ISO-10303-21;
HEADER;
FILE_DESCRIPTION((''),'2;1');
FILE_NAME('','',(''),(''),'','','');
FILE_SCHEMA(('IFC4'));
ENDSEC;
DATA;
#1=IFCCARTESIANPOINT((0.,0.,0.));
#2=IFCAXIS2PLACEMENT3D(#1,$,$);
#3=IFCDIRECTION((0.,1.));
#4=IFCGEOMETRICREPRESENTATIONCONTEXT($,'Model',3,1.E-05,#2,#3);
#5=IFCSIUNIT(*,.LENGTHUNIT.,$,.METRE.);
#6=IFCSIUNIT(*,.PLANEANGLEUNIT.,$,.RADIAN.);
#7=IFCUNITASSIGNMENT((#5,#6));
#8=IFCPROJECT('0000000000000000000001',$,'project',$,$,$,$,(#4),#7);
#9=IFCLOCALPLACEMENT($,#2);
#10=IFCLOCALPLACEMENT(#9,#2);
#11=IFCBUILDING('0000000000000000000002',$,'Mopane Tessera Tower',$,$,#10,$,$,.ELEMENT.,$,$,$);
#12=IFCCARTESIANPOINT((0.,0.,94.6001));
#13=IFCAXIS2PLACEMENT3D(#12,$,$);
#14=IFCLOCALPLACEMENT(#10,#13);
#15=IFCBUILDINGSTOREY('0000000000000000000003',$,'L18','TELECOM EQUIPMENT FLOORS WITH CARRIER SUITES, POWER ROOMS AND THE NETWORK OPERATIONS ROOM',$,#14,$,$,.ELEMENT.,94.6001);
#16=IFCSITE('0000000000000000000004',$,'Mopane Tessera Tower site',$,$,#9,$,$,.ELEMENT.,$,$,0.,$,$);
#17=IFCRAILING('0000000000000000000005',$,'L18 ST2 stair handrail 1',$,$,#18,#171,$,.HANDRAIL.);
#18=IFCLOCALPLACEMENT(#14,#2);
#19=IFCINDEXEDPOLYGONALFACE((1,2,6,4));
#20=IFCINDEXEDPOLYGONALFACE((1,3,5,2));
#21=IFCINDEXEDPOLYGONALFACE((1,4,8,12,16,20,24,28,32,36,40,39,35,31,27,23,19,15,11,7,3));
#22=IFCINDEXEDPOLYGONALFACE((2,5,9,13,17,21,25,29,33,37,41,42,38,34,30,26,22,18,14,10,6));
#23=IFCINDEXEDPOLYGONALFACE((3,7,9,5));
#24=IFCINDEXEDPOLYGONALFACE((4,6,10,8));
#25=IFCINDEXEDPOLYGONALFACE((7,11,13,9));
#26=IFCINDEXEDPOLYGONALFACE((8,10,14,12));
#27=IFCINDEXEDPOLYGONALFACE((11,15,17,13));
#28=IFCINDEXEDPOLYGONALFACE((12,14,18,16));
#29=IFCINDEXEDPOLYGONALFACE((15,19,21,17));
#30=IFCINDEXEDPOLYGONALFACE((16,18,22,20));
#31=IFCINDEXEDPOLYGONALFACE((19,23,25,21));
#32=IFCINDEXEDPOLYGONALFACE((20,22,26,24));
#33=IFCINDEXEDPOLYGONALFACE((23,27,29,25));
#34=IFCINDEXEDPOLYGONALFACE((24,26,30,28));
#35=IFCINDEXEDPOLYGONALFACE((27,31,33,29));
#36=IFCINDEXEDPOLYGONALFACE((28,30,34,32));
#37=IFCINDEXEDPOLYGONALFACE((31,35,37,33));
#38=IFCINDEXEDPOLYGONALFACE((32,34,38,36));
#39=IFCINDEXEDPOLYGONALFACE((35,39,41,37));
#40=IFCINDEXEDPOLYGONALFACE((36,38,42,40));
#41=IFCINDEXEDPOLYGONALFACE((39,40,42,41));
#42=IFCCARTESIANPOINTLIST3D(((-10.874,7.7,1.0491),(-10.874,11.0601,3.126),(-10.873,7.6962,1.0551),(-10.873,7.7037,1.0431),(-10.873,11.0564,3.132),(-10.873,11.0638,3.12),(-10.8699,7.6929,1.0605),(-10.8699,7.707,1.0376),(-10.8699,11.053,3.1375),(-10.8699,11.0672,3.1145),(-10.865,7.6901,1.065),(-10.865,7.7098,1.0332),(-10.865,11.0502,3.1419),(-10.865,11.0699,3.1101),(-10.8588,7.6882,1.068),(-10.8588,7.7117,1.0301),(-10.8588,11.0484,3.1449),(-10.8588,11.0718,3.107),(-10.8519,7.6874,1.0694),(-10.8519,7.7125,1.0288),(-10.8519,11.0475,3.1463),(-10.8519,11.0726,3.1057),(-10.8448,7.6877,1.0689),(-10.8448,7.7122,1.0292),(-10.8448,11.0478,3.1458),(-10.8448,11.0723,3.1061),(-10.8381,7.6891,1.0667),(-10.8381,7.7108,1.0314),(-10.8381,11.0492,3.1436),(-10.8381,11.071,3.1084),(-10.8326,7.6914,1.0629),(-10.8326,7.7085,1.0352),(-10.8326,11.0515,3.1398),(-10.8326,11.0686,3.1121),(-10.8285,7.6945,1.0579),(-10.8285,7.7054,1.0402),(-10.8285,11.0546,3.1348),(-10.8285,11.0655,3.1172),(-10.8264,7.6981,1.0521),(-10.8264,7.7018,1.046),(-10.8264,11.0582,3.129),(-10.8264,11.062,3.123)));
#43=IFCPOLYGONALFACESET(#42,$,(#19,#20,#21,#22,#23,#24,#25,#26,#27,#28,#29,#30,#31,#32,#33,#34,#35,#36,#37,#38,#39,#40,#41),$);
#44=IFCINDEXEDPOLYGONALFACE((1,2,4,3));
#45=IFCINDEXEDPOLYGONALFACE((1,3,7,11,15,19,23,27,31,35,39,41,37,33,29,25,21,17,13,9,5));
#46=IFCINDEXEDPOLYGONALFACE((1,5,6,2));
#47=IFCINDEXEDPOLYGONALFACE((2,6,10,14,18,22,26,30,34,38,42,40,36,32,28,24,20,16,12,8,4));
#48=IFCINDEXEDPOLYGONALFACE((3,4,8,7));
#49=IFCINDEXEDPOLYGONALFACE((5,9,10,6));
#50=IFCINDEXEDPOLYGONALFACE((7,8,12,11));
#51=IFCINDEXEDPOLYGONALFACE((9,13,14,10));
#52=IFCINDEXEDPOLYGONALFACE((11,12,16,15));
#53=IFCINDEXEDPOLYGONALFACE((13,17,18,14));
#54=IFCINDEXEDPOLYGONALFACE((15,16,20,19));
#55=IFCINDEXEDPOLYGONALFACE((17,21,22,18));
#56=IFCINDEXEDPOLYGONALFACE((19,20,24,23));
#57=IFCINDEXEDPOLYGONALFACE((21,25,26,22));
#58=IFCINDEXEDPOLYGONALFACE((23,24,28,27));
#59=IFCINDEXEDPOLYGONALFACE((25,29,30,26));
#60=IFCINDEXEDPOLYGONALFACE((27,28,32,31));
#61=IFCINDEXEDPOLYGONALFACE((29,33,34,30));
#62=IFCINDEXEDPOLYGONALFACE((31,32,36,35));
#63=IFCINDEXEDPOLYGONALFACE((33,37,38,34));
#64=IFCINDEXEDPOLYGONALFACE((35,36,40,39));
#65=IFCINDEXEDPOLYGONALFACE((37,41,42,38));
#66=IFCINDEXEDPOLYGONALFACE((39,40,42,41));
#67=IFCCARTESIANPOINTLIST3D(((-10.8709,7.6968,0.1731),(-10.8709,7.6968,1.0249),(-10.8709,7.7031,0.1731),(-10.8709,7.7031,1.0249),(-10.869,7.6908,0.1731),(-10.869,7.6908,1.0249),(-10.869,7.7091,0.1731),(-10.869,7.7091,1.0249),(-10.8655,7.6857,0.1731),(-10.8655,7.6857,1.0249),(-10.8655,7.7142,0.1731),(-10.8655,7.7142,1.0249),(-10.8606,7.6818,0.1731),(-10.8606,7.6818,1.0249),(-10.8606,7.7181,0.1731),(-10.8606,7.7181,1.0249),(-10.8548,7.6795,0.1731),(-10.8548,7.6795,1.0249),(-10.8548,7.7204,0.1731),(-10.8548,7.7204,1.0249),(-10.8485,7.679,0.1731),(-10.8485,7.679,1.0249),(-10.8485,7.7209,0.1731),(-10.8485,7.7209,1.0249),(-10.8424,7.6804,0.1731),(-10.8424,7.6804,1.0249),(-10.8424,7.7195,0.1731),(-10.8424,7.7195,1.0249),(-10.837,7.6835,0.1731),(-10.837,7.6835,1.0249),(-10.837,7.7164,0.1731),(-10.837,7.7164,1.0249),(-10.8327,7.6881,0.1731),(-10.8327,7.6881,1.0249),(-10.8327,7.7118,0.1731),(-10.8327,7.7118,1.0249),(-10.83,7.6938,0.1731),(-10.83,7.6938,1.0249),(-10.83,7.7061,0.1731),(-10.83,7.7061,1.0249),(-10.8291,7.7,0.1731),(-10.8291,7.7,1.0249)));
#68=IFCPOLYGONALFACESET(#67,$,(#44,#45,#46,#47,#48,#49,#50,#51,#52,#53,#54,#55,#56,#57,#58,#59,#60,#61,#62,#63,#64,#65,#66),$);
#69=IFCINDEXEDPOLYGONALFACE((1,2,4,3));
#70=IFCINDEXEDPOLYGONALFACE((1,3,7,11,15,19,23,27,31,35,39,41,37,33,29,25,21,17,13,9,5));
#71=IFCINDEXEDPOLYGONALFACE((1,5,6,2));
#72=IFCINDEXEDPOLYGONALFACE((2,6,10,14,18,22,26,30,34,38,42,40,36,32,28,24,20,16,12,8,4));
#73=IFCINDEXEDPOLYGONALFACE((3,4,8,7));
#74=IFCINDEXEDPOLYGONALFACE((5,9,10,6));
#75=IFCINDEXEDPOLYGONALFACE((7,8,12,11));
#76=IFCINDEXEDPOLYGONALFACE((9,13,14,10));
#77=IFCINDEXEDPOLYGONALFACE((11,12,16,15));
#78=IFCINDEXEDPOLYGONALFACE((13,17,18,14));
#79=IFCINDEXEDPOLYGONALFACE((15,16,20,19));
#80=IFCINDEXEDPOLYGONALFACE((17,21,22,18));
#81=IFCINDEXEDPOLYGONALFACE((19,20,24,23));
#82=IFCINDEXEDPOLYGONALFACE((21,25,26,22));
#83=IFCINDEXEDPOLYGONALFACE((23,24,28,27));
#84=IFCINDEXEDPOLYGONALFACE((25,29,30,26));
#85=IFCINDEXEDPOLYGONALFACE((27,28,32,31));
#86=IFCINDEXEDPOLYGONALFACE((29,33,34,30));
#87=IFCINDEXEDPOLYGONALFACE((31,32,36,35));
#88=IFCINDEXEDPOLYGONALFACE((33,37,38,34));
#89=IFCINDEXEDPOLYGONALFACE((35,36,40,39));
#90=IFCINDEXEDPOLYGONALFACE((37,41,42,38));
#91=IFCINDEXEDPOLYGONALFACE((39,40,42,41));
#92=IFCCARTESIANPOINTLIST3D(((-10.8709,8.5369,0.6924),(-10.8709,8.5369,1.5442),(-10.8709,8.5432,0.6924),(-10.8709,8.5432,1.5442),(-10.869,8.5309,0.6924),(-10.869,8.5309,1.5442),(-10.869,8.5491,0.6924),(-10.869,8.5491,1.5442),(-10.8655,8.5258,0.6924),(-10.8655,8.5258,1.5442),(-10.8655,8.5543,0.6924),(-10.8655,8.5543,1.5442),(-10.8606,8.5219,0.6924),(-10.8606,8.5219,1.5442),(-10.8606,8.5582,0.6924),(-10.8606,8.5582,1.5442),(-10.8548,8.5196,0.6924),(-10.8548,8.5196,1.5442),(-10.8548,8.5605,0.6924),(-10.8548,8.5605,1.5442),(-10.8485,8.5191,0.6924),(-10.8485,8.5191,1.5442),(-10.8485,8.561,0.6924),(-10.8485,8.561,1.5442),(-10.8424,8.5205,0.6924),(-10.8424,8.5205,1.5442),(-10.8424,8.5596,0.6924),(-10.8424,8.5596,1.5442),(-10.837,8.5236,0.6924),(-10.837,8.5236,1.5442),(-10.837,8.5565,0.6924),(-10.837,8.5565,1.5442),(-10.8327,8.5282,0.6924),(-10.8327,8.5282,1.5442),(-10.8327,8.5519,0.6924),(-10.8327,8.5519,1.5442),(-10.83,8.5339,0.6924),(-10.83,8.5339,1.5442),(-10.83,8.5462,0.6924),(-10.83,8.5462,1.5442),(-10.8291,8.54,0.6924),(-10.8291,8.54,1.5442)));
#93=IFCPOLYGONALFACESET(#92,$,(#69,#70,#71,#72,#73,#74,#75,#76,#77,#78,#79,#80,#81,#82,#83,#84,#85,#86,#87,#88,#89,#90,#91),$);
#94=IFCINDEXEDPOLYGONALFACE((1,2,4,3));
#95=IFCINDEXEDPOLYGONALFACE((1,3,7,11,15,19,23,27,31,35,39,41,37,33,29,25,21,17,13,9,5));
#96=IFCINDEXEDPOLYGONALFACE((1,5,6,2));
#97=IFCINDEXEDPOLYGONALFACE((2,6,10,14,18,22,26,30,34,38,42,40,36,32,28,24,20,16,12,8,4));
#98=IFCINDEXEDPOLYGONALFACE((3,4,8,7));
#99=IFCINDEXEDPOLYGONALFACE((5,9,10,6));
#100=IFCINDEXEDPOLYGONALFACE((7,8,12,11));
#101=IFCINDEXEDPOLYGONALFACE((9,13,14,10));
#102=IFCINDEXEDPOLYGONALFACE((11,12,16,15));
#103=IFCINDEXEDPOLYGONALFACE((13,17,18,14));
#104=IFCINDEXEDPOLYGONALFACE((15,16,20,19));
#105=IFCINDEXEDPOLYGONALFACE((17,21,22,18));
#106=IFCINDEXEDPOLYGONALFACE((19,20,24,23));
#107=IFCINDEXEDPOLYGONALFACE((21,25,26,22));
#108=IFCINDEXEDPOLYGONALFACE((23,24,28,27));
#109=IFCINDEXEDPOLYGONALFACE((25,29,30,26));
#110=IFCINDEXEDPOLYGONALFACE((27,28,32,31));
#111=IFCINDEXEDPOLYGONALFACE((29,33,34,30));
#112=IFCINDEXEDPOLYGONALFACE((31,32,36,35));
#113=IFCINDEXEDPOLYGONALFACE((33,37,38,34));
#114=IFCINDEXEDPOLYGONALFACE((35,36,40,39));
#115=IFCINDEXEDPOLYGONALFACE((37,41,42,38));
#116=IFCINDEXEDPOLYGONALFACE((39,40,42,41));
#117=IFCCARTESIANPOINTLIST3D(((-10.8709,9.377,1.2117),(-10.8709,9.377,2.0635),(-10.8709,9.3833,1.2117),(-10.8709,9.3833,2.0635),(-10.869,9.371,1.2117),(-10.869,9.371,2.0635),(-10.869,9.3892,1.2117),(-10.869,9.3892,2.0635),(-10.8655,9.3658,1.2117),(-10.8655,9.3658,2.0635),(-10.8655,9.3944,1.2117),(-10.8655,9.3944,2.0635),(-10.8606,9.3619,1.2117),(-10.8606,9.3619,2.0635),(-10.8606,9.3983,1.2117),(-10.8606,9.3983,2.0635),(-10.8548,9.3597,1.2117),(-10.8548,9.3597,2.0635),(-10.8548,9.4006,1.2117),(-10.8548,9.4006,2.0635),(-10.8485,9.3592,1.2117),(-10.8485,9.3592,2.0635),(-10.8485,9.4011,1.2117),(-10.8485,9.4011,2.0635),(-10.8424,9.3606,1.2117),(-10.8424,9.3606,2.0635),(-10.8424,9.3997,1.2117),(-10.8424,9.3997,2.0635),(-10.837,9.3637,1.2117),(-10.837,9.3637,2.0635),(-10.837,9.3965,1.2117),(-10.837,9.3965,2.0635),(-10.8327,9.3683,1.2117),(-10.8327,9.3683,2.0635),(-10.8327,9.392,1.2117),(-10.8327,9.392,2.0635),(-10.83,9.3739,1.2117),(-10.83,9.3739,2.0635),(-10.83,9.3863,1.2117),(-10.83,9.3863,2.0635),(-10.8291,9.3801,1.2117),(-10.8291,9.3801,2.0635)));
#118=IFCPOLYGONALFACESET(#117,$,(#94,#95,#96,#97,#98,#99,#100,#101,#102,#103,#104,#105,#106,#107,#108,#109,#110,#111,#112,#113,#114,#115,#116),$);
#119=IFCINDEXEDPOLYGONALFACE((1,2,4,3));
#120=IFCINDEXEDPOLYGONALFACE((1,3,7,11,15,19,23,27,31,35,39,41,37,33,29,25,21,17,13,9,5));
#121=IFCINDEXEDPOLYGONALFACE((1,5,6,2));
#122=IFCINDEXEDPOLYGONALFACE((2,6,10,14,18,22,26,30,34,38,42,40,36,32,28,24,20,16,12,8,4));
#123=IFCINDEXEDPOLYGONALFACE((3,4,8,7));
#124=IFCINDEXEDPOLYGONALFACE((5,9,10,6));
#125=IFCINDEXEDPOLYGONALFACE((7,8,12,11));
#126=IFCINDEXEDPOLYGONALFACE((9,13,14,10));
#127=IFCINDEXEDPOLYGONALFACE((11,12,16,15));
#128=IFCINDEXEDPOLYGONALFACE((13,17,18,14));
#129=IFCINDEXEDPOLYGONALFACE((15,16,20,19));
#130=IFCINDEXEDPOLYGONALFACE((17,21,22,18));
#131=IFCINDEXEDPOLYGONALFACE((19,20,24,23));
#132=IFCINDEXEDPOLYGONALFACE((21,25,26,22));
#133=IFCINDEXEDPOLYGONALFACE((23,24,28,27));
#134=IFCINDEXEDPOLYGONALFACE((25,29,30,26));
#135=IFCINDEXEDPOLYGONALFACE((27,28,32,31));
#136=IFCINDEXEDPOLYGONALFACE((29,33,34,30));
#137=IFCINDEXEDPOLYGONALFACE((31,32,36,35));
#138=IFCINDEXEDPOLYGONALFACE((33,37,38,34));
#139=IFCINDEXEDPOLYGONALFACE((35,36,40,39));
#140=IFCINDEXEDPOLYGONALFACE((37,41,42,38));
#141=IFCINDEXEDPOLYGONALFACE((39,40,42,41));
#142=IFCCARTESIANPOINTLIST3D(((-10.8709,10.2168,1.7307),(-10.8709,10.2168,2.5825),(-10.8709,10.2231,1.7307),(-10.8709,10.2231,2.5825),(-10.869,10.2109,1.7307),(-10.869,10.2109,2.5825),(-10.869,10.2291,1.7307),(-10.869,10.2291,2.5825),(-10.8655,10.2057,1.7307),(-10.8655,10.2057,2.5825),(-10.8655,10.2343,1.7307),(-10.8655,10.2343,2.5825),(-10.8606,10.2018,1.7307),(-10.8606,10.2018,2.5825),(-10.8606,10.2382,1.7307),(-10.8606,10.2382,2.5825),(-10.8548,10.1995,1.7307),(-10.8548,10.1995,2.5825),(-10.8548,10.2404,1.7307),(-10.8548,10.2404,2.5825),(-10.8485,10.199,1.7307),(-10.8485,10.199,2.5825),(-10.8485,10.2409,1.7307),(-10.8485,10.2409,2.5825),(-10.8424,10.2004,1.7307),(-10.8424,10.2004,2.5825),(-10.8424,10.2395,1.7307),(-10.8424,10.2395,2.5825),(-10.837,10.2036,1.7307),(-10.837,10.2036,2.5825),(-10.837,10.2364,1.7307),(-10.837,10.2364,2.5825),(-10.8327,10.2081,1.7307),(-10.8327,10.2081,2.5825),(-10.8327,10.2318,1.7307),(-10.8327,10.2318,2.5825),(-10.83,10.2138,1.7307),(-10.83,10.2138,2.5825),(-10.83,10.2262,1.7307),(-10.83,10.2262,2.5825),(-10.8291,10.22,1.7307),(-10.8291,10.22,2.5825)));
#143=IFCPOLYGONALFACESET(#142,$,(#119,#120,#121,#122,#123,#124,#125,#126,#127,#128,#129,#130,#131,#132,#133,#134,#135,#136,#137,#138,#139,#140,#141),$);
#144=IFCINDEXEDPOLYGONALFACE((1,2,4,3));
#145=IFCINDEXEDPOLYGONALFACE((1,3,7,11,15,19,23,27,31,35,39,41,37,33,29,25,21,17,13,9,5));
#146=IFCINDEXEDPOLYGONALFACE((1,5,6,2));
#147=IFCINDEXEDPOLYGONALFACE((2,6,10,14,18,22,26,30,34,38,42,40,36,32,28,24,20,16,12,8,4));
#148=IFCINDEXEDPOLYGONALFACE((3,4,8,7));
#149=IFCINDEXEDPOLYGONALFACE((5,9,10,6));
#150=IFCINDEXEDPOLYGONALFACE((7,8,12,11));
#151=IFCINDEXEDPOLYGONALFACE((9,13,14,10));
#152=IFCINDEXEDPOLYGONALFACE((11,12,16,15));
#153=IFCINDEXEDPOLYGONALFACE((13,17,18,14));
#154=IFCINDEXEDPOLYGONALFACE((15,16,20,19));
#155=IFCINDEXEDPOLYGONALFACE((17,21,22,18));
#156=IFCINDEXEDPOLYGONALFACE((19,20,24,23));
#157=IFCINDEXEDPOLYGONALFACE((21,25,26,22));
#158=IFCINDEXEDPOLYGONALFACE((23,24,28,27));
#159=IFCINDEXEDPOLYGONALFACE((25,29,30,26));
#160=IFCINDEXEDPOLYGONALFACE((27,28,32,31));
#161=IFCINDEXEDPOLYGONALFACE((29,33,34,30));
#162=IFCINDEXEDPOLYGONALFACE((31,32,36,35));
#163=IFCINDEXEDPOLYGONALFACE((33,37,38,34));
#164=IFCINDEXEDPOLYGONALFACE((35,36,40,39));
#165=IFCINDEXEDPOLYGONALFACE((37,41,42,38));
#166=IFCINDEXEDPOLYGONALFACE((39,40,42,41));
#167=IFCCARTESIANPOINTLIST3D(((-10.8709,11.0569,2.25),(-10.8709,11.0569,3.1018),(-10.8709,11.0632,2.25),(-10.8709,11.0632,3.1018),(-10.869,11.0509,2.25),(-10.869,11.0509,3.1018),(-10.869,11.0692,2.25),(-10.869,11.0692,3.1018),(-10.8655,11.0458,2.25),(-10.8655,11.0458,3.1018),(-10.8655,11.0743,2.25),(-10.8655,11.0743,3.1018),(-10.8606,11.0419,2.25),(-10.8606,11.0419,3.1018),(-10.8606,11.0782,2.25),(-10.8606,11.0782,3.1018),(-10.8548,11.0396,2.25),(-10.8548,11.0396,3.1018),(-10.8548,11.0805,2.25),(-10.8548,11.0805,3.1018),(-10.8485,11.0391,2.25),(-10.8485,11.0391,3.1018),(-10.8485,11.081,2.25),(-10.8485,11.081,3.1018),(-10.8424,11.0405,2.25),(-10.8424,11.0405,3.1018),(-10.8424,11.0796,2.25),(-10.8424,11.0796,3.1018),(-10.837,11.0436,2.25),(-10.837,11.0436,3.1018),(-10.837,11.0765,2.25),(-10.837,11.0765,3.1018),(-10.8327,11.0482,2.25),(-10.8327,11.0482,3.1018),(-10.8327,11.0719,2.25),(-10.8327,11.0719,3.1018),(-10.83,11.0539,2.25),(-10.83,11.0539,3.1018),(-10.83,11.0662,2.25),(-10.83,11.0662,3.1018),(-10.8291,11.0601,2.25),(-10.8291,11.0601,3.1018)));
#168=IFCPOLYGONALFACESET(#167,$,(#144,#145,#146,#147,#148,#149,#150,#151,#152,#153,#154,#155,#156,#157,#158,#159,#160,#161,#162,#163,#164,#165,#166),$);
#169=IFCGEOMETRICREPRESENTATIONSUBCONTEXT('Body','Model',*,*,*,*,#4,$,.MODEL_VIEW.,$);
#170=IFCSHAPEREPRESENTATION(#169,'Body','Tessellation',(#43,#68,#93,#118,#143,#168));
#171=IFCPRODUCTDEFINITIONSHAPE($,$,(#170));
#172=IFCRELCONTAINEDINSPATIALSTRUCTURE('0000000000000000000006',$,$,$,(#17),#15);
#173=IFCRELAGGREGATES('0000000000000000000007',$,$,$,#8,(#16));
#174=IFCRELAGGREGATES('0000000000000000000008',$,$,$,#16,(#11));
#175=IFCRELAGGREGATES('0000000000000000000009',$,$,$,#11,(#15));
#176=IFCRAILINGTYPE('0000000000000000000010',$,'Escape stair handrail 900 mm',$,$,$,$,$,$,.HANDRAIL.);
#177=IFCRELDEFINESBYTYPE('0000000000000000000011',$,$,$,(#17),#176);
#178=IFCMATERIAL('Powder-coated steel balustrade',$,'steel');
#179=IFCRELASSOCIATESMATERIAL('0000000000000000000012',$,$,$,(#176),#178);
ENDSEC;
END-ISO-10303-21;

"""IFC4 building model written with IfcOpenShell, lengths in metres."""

from ifc_helpers import new_model, si_unit, direction, frame, origin, origin_2d, place, context, subcontext, project, spatial, circle, extrude, material, type_object, element, save


model = new_model("IFC4")

# Units and contexts
model_context = context("Model", 3, precision=1e-05, world=origin(), true_north=direction((0.0, 1.0)))
body_context = subcontext(model_context, "Body", "Model", "MODEL_VIEW")
ifc_project = project(units=[si_unit("LENGTHUNIT", "METRE"), si_unit("PLANEANGLEUNIT", "RADIAN")], contexts=[model_context])

# Site, building, storey
site_placement = place(None, origin())
site = spatial("IfcSite", under=ifc_project, at=site_placement, Name="Mopane Tessera Tower site", CompositionType="ELEMENT", RefElevation=0.0)
building_placement = place(site_placement, origin())
building = spatial("IfcBuilding", under=site, at=building_placement, Name="Mopane Tessera Tower", CompositionType="ELEMENT")
storey_placement = place(building_placement, frame((0.0, 0.0, 94.6001)))
storey = spatial("IfcBuildingStorey", under=building, at=storey_placement, Name="L18", Description="TELECOM EQUIPMENT FLOORS WITH CARRIER SUITES, POWER ROOMS AND THE NETWORK OPERATIONS ROOM", CompositionType="ELEMENT", Elevation=94.6001)

# Railing
ifc_material_1 = material(Name="Powder-coated steel balustrade", Category="steel")
railing_type_1 = type_object("IfcRailingType", Name="Escape stair handrail 900 mm", PredefinedType="HANDRAIL", material=ifc_material_1)
railing_1_placement = place(storey_placement, frame((-10.8501, 7.7, 0.1731)))
element("IfcRailing", 1, at=railing_1_placement, inside=storey, type_object=railing_type_1, Name="L18 ST2 stair handrail 1", PredefinedType="HANDRAIL", context=body_context, shape_type="SweptSolid", body=[
    extrude(circle(Radius=0.0239, at=origin_2d()), frame((0.0, 0.0, 0.876), z_axis=(0.0, 0.850623, 0.525776), x_axis=(-1.0, 0.0, 0.0)), (0.0, 0.0, 1.0), 3.9502),
    extrude(circle(Radius=0.021, at=origin_2d()), origin(), (0.0, 0.0, 1.0), 0.8518),
    extrude(circle(Radius=0.021, at=origin_2d()), frame((0.0, 0.8401, 0.5193)), (0.0, 0.0, 1.0), 0.8518),
    extrude(circle(Radius=0.021, at=origin_2d()), frame((0.0, 1.6802, 1.0386)), (0.0, 0.0, 1.0), 0.8518),
    extrude(circle(Radius=0.021, at=origin_2d()), frame((0.0, 2.52, 1.5576)), (0.0, 0.0, 1.0), 0.8518),
    extrude(circle(Radius=0.021, at=origin_2d()), frame((0.0, 3.3601, 2.0769)), (0.0, 0.0, 1.0), 0.8518),
])

save(model, "model.ifc")
